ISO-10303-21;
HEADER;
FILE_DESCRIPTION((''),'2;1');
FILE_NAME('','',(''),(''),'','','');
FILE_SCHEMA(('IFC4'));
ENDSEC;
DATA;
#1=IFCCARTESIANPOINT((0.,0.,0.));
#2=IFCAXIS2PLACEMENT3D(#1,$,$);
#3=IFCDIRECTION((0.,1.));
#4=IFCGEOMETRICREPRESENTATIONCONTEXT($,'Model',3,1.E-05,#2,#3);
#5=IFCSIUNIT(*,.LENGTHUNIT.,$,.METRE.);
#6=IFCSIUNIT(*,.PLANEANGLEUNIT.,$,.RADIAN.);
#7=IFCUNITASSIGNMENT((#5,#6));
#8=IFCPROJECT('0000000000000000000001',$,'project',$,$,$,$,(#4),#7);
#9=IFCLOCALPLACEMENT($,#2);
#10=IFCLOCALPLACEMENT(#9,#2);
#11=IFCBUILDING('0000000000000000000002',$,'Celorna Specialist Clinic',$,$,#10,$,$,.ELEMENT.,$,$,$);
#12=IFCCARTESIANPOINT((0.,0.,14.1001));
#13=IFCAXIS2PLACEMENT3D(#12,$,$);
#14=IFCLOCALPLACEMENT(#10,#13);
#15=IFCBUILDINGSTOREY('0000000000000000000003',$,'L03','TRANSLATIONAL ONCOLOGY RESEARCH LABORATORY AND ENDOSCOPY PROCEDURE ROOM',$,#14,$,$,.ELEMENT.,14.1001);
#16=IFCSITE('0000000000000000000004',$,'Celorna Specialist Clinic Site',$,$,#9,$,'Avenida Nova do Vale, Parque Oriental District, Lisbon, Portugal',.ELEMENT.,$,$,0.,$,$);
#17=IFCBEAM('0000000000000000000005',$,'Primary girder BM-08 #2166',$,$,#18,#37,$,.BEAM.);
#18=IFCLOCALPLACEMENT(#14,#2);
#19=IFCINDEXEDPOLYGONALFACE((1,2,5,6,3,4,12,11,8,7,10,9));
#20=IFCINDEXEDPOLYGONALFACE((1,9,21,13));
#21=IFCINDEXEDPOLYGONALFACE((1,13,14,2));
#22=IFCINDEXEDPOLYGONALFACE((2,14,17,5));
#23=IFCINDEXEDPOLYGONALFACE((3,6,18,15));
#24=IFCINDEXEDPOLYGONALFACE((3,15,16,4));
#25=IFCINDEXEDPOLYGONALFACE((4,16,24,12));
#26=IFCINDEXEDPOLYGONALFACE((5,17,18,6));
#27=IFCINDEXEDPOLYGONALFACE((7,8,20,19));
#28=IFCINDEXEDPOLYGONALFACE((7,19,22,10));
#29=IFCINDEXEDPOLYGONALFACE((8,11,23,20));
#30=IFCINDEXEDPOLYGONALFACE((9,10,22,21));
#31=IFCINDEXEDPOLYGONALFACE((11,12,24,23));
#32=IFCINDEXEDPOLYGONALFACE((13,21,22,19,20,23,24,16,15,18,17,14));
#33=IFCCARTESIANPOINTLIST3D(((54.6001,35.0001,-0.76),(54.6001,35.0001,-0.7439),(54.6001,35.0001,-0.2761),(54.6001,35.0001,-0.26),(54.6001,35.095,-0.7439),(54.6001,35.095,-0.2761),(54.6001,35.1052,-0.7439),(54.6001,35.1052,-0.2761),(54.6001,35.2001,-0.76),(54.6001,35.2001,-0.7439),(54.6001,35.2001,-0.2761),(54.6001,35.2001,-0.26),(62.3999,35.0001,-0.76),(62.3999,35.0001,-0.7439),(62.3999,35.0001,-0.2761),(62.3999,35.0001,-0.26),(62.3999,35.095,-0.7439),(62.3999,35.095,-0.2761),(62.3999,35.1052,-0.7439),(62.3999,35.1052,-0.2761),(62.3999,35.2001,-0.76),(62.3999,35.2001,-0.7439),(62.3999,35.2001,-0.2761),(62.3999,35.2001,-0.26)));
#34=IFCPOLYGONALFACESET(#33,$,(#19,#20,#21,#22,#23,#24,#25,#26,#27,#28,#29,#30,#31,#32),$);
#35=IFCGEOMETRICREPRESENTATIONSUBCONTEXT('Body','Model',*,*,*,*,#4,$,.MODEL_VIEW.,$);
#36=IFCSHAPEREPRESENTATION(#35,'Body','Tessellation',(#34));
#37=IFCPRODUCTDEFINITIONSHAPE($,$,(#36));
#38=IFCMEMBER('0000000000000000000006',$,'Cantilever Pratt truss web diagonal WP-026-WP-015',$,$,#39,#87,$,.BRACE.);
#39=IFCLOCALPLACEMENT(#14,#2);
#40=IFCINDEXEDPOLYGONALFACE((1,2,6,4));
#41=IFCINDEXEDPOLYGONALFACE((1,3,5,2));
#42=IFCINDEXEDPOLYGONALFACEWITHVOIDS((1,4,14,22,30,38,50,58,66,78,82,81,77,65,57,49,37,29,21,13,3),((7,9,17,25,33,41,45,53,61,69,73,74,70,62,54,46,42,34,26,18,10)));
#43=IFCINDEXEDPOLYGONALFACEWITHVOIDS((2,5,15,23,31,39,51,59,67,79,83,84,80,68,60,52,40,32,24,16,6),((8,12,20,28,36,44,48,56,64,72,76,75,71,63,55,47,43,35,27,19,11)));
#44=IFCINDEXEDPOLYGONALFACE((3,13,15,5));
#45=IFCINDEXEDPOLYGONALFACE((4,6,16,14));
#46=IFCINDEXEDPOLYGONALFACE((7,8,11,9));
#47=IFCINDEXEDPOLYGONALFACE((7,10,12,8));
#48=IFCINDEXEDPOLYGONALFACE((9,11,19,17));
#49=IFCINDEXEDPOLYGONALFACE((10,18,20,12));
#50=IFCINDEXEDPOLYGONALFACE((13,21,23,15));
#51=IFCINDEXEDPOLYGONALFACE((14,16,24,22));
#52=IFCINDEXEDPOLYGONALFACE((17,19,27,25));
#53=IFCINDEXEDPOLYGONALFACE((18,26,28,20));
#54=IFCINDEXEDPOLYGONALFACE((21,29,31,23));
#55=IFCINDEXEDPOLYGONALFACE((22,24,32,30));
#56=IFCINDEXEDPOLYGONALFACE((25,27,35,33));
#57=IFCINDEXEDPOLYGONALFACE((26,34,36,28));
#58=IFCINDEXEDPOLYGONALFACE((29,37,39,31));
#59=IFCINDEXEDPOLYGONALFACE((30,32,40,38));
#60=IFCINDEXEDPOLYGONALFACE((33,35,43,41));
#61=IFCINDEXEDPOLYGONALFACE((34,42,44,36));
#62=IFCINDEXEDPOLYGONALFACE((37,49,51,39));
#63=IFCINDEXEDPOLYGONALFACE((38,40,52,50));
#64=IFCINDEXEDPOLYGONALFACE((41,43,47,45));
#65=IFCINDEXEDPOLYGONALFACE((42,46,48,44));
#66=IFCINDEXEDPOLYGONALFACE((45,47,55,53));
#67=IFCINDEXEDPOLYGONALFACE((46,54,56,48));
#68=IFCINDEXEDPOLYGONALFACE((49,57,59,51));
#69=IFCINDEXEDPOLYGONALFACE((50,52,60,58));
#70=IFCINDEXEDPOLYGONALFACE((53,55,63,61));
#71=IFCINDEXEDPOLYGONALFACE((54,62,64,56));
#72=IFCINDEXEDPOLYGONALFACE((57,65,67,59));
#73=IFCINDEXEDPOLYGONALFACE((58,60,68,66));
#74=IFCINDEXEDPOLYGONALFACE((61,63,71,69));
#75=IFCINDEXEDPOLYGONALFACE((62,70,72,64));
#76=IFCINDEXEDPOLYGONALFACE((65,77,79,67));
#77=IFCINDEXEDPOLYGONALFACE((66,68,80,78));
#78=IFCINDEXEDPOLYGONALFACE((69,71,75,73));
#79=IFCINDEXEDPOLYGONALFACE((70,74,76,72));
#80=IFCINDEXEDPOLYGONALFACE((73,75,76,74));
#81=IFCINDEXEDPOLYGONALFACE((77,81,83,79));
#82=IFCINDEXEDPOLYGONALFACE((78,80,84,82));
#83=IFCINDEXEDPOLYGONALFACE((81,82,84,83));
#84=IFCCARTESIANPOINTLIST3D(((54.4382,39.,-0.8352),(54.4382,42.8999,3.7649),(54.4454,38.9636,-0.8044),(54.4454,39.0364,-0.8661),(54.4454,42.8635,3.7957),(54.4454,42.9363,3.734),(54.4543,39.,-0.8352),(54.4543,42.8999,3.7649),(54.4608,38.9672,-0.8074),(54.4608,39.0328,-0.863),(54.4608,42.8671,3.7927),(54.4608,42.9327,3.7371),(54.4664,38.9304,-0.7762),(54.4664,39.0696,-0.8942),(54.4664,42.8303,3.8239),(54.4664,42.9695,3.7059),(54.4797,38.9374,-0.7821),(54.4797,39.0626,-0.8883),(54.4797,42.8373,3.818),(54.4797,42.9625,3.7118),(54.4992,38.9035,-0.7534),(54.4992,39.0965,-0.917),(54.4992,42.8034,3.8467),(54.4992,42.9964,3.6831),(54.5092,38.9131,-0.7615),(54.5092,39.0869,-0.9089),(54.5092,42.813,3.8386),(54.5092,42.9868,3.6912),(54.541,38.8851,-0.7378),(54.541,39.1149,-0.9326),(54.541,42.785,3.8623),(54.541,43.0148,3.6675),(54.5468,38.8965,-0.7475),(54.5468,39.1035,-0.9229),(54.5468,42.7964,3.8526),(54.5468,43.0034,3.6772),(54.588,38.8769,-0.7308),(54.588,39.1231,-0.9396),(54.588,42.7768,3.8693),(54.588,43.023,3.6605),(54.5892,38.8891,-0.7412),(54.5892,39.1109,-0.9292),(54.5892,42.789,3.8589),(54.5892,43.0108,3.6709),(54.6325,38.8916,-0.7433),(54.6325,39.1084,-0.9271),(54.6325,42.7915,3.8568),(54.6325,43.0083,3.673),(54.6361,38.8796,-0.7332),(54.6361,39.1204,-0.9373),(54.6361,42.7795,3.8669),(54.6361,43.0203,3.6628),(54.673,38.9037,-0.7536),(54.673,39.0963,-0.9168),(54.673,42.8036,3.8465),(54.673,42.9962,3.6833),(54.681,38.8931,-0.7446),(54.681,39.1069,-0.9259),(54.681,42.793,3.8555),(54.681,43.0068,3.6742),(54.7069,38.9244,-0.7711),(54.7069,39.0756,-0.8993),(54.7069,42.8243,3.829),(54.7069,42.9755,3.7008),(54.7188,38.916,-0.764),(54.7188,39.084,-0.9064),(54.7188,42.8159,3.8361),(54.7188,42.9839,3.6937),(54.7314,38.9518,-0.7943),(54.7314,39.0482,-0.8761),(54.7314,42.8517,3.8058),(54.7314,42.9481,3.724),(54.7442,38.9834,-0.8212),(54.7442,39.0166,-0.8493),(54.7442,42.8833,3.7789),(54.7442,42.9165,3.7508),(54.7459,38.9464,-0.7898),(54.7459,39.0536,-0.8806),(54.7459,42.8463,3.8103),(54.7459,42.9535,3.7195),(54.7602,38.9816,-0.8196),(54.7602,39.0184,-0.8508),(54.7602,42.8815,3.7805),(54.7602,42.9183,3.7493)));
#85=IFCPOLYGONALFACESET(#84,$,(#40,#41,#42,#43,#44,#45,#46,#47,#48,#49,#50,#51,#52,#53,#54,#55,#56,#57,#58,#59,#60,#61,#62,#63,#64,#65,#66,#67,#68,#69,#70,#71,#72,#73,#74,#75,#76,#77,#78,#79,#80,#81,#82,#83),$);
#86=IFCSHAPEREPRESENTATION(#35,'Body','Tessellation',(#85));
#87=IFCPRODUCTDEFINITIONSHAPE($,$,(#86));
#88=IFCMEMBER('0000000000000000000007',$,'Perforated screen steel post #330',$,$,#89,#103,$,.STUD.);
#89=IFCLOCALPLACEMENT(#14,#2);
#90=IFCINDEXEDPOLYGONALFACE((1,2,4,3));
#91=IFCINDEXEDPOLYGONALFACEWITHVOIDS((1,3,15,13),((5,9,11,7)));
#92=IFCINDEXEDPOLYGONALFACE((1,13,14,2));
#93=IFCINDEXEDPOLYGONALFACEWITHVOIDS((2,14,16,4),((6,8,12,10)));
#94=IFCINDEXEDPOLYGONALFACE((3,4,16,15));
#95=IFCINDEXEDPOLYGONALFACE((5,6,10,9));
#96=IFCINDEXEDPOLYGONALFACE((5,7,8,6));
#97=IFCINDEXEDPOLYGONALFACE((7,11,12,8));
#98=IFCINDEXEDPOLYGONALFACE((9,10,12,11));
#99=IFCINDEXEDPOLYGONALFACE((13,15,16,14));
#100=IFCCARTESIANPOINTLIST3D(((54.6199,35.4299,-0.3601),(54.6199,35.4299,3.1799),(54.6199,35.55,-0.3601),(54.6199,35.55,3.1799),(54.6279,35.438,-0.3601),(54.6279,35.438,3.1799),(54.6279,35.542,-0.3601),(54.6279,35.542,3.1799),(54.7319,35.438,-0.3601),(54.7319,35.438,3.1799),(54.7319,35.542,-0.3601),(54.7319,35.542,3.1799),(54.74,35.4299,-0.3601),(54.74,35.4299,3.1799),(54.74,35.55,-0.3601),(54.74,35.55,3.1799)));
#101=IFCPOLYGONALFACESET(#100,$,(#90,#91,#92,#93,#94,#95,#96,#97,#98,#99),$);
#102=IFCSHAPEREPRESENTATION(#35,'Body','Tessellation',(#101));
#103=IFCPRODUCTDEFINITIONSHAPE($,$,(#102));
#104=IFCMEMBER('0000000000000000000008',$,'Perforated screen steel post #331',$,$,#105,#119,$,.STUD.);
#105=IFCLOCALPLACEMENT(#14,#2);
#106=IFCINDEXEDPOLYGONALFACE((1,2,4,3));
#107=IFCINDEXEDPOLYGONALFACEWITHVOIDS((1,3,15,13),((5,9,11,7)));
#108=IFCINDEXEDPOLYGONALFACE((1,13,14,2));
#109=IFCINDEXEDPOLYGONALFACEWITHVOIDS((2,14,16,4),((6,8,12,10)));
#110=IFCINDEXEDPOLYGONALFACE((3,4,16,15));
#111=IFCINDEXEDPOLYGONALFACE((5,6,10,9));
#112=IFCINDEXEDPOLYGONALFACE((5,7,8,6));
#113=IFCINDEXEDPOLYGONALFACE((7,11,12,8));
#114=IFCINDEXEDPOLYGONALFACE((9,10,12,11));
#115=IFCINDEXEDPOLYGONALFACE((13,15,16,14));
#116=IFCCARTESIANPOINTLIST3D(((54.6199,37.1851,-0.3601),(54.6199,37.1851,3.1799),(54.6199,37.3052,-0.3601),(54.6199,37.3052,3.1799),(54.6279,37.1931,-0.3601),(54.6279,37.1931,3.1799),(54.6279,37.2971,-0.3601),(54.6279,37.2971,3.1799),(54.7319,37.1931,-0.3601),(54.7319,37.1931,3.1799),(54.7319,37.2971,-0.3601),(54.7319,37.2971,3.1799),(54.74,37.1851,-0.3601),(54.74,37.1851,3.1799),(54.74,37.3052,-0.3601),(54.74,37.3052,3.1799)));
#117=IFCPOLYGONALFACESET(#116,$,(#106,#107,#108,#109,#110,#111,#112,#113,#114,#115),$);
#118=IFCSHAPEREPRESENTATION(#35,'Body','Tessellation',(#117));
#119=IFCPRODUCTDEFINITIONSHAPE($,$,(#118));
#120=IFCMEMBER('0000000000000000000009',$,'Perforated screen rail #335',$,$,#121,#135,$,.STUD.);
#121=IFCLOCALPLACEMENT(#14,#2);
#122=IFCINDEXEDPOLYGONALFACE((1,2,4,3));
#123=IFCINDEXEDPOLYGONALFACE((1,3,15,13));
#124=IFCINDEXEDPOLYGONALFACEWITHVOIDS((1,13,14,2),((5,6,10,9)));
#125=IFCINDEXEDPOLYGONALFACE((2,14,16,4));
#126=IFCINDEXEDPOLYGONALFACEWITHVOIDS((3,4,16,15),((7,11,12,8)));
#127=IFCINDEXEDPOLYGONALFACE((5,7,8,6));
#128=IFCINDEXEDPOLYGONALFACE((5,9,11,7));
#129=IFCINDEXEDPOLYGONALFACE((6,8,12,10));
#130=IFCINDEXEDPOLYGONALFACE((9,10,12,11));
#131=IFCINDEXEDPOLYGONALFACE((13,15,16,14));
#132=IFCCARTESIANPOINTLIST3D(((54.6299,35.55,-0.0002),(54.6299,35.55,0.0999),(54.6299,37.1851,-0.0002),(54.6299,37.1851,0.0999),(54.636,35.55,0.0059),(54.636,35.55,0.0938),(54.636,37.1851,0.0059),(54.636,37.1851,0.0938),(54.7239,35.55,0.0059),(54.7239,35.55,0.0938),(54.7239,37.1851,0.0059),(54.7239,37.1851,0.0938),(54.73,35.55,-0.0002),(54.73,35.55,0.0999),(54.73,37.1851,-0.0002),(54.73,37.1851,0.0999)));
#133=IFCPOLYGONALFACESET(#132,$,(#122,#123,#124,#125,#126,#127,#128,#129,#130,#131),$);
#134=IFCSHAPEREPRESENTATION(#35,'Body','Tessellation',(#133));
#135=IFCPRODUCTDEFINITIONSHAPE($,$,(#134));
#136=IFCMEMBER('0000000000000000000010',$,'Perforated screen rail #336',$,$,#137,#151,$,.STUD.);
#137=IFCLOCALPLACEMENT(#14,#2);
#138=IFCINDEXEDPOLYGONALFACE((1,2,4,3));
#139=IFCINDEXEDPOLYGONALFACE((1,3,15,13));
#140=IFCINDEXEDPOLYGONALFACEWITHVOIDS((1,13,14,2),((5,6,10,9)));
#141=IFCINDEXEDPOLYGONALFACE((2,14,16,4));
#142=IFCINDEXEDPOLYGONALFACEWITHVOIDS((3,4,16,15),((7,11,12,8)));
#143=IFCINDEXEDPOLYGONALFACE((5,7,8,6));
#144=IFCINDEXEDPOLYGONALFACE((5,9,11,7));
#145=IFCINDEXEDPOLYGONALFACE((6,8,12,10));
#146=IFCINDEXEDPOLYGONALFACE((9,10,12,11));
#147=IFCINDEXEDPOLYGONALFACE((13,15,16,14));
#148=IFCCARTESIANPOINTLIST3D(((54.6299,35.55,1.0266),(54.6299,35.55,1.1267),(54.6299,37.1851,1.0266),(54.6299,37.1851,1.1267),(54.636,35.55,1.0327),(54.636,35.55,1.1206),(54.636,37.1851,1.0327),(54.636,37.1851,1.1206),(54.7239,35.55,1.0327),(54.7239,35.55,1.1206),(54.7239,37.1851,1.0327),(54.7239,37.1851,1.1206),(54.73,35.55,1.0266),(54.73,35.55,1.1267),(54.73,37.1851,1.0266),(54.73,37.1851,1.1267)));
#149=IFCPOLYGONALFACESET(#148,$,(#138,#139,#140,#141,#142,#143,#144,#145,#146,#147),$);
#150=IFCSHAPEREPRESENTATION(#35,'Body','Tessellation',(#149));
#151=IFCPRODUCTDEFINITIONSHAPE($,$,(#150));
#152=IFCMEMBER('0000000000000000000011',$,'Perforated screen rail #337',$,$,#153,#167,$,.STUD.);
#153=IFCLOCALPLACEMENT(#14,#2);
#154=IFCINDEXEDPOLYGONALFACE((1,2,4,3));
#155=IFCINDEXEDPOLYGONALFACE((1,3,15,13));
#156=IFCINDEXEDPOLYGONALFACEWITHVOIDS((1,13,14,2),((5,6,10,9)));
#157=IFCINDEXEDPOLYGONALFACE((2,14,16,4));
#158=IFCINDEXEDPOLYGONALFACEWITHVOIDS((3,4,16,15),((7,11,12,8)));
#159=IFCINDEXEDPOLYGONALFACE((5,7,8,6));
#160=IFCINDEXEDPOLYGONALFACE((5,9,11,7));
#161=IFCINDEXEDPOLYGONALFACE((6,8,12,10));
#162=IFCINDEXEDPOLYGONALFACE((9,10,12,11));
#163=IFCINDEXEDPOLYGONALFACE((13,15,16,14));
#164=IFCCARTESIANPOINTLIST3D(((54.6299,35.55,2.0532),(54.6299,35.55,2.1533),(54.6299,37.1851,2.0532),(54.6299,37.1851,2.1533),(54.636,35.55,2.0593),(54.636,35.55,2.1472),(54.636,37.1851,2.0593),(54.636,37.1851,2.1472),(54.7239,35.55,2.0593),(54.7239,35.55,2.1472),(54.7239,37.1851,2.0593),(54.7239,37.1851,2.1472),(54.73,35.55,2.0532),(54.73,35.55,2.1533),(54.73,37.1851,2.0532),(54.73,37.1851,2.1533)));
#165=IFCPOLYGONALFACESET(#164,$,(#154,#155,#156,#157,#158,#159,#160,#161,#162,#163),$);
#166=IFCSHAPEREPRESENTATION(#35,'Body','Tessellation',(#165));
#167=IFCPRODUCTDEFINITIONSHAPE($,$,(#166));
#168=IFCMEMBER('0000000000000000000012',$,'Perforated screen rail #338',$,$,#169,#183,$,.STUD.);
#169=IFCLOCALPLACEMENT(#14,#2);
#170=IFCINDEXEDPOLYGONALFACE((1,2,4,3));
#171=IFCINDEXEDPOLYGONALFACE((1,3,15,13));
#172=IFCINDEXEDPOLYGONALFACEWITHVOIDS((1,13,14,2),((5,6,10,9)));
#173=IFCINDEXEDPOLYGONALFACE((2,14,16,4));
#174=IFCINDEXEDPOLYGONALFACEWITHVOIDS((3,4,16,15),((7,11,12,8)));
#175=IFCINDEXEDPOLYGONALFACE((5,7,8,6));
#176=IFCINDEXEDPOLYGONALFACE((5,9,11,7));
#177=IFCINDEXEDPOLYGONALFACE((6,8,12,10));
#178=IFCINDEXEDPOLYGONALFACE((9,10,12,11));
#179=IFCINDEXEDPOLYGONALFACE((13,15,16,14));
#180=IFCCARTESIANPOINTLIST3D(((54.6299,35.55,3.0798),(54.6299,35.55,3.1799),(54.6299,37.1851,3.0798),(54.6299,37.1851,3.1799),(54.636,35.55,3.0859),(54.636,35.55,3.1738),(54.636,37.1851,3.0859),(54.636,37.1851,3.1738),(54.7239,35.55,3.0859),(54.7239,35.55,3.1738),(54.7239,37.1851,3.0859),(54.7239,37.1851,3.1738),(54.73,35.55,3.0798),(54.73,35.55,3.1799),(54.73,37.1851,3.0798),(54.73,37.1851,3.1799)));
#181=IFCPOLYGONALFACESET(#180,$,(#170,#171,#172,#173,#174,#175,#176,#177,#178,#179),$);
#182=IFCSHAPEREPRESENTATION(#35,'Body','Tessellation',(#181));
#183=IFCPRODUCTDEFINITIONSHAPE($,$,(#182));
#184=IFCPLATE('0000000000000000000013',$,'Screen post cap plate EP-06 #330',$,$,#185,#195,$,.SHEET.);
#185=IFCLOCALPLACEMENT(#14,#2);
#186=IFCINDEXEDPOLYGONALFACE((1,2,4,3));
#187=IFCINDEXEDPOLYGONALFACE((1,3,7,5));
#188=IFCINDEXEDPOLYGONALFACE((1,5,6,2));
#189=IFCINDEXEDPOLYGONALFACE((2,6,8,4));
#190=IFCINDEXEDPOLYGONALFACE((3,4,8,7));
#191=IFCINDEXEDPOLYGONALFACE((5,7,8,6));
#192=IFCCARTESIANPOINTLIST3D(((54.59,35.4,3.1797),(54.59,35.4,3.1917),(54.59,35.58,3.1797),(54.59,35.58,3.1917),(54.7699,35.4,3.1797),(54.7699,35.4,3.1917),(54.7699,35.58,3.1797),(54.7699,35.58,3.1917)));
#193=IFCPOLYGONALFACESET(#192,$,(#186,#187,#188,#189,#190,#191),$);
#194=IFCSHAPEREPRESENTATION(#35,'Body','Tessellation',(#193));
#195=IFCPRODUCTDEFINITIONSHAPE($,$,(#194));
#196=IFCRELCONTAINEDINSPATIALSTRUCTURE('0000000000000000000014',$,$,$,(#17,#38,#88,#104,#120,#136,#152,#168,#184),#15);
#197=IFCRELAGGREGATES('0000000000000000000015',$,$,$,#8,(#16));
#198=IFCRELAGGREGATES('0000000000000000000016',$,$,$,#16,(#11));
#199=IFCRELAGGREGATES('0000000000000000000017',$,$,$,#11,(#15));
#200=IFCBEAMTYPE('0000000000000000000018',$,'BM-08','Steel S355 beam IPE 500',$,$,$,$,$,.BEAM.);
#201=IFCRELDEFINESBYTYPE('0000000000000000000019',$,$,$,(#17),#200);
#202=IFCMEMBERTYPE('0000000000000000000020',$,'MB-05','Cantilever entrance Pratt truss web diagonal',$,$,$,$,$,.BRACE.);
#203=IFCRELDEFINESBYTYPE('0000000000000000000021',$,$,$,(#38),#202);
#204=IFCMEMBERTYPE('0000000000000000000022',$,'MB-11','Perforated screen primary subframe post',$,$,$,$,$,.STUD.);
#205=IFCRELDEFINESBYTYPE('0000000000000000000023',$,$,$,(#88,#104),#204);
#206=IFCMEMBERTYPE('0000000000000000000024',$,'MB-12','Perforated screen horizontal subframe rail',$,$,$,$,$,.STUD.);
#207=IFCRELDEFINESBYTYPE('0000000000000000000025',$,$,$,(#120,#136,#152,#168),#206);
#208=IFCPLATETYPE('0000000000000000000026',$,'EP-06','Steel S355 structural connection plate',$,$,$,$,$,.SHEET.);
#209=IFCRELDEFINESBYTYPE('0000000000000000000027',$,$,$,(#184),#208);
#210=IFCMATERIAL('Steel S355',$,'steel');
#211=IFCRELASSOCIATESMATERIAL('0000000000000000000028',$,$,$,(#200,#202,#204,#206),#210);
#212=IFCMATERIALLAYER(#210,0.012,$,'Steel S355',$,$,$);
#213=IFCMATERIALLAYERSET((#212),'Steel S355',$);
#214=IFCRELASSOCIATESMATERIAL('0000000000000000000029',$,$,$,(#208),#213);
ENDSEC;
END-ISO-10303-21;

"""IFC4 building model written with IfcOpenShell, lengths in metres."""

from ifc_helpers import new_model, si_unit, direction, frame, origin, origin_2d, place, context, subcontext, project, spatial, rectangle, hollow_rectangle, hollow_circle, i_section, extrude, material, layer, layer_set, material_profile, profile_set, type_object, element, save


model = new_model("IFC4")

# Units and contexts
model_context = context("Model", 3, precision=1e-05, world=origin(), true_north=direction((0.0, 1.0)))
body_context = subcontext(model_context, "Body", "Model", "MODEL_VIEW")
ifc_project = project(units=[si_unit("LENGTHUNIT", "METRE"), si_unit("PLANEANGLEUNIT", "RADIAN")], contexts=[model_context])

# Site, building, storey
site_placement = place(None, origin())
site = spatial("IfcSite", under=ifc_project, at=site_placement, Name="Celorna Specialist Clinic Site", LongName="Avenida Nova do Vale, Parque Oriental District, Lisbon, Portugal", CompositionType="ELEMENT", RefElevation=0.0)
building_placement = place(site_placement, origin())
building = spatial("IfcBuilding", under=site, at=building_placement, Name="Celorna Specialist Clinic", CompositionType="ELEMENT")
storey_placement = place(building_placement, frame((0.0, 0.0, 14.1001)))
storey = spatial("IfcBuildingStorey", under=building, at=storey_placement, Name="L03", Description="TRANSLATIONAL ONCOLOGY RESEARCH LABORATORY AND ENDOSCOPY PROCEDURE ROOM", CompositionType="ELEMENT", Elevation=14.1001)

# Beam
ifc_material_1 = material(Name="Steel S355", Category="steel")
ifc_material_profile_1 = material_profile(ifc_material_1, i_section(OverallWidth=0.2, OverallDepth=0.5, WebThickness=0.0103, FlangeThickness=0.0161, at=origin_2d()), Name="IPE 500")
ifc_profile_set_1 = profile_set([ifc_material_profile_1], Name="Steel S355")
beam_type = type_object("IfcBeamType", Name="BM-08", Description="Steel S355 beam IPE 500", PredefinedType="BEAM", material=ifc_profile_set_1)
beam_placement = place(storey_placement, frame((54.6001, 35.1001, -0.51), z_axis=(1.0, 0.0, 0.0), x_axis=(0.0, 1.0, 0.0)))
element("IfcBeam", 1, at=beam_placement, inside=storey, type_object=beam_type, Name="Primary girder BM-08 #2166", PredefinedType="BEAM", context=body_context, shape_type="SweptSolid", body=[
    extrude(i_section(OverallWidth=0.2, OverallDepth=0.5, WebThickness=0.0103, FlangeThickness=0.0161, at=origin_2d()), origin(), (0.0, 0.0, 1.0), 7.7998),
])

# Members
ifc_material_profile_2 = material_profile(ifc_material_1, hollow_circle(Radius=0.1619, WallThickness=0.0161, at=origin_2d()), Name="CHS 323.9x16")
ifc_profile_set_2 = profile_set([ifc_material_profile_2], Name="Steel S355")
member_type_1 = type_object("IfcMemberType", Name="MB-05", Description="Cantilever entrance Pratt truss web diagonal", PredefinedType="BRACE", material=ifc_profile_set_2)
member_placement = place(storey_placement, frame((54.6001, 39.0, -0.8352), z_axis=(0.0, 0.646668, 0.762772), x_axis=(-1.0, 0.0, 0.0)))
element("IfcMember", 2, at=member_placement, inside=storey, type_object=member_type_1, Name="Cantilever Pratt truss web diagonal WP-026-WP-015", PredefinedType="BRACE", context=body_context, shape_type="SweptSolid", body=[
    extrude(hollow_circle(Radius=0.1619, WallThickness=0.0161, at=origin_2d()), origin(), (0.0, 0.0, 1.0), 6.0308),
])
ifc_material_profile_3 = material_profile(ifc_material_1, hollow_rectangle(XDim=0.1201, YDim=0.1201, WallThickness=0.0081, at=origin_2d()), Name="SHS 120x120x8")
ifc_profile_set_3 = profile_set([ifc_material_profile_3], Name="Steel S355")
member_type_2 = type_object("IfcMemberType", Name="MB-11", Description="Perforated screen primary subframe post", PredefinedType="STUD", material=ifc_profile_set_3)
for number, where, z_axis, x_axis, name in (
    (3, (54.6799, 35.49, -0.3601), (0.0, 0.0, 1.0), (1.0, 0.0, 0.0), "Perforated screen steel post #330"),
    (4, (54.6799, 37.2451, -0.3601), (0.0, 0.0, 1.0), (1.0, 0.0, 0.0), "Perforated screen steel post #331"),
):
    element("IfcMember", number, at=place(storey_placement, frame(where, z_axis=z_axis, x_axis=x_axis)), inside=storey, type_object=member_type_2, Name=name, PredefinedType="STUD", context=body_context, shape_type="SweptSolid", body=[
        extrude(hollow_rectangle(XDim=0.1201, YDim=0.1201, WallThickness=0.0081, at=origin_2d()), origin(), (0.0, 0.0, 1.0), 3.54),
    ])
ifc_material_profile_4 = material_profile(ifc_material_1, hollow_rectangle(XDim=0.1001, YDim=0.1001, WallThickness=0.0061, at=origin_2d()), Name="SHS 100x100x6")
ifc_profile_set_4 = profile_set([ifc_material_profile_4], Name="Steel S355")
member_type_3 = type_object("IfcMemberType", Name="MB-12", Description="Perforated screen horizontal subframe rail", PredefinedType="STUD", material=ifc_profile_set_4)
for number, where, z_axis, x_axis, name in (
    (5, (54.6799, 35.55, 0.0498), (0.0, 1.0, 0.0), (-1.0, 0.0, 0.0), "Perforated screen rail #335"),
    (6, (54.6799, 35.55, 1.0767), (0.0, 1.0, 0.0), (-1.0, 0.0, 0.0), "Perforated screen rail #336"),
    (7, (54.6799, 35.55, 2.1033), (0.0, 1.0, 0.0), (-1.0, 0.0, 0.0), "Perforated screen rail #337"),
    (8, (54.6799, 35.55, 3.1299), (0.0, 1.0, 0.0), (-1.0, 0.0, 0.0), "Perforated screen rail #338"),
):
    element("IfcMember", number, at=place(storey_placement, frame(where, z_axis=z_axis, x_axis=x_axis)), inside=storey, type_object=member_type_3, Name=name, PredefinedType="STUD", context=body_context, shape_type="SweptSolid", body=[
        extrude(hollow_rectangle(XDim=0.1001, YDim=0.1001, WallThickness=0.0061, at=origin_2d()), origin(), (0.0, 0.0, 1.0), 1.635),
    ])

# Plate
ifc_layer_1 = layer(ifc_material_1, 0.012, Name="Steel S355")
ifc_layer_set_1 = layer_set([ifc_layer_1], Name="Steel S355")
plate_type_1 = type_object("IfcPlateType", Name="EP-06", Description="Steel S355 structural connection plate", PredefinedType="SHEET", material=ifc_layer_set_1)
plate_1_placement = place(storey_placement, frame((54.6799, 35.49, 3.1797), z_axis=(0.0, 0.0, 1.0), x_axis=(0.0, 1.0, 0.0)))
element("IfcPlate", 9, at=plate_1_placement, inside=storey, type_object=plate_type_1, Name="Screen post cap plate EP-06 #330", PredefinedType="SHEET", context=body_context, shape_type="SweptSolid", body=[
    extrude(rectangle(XDim=0.1799, YDim=0.1799, at=origin_2d()), origin(), (0.0, 0.0, 1.0), 0.012),
])

save(model, "model.ifc")
